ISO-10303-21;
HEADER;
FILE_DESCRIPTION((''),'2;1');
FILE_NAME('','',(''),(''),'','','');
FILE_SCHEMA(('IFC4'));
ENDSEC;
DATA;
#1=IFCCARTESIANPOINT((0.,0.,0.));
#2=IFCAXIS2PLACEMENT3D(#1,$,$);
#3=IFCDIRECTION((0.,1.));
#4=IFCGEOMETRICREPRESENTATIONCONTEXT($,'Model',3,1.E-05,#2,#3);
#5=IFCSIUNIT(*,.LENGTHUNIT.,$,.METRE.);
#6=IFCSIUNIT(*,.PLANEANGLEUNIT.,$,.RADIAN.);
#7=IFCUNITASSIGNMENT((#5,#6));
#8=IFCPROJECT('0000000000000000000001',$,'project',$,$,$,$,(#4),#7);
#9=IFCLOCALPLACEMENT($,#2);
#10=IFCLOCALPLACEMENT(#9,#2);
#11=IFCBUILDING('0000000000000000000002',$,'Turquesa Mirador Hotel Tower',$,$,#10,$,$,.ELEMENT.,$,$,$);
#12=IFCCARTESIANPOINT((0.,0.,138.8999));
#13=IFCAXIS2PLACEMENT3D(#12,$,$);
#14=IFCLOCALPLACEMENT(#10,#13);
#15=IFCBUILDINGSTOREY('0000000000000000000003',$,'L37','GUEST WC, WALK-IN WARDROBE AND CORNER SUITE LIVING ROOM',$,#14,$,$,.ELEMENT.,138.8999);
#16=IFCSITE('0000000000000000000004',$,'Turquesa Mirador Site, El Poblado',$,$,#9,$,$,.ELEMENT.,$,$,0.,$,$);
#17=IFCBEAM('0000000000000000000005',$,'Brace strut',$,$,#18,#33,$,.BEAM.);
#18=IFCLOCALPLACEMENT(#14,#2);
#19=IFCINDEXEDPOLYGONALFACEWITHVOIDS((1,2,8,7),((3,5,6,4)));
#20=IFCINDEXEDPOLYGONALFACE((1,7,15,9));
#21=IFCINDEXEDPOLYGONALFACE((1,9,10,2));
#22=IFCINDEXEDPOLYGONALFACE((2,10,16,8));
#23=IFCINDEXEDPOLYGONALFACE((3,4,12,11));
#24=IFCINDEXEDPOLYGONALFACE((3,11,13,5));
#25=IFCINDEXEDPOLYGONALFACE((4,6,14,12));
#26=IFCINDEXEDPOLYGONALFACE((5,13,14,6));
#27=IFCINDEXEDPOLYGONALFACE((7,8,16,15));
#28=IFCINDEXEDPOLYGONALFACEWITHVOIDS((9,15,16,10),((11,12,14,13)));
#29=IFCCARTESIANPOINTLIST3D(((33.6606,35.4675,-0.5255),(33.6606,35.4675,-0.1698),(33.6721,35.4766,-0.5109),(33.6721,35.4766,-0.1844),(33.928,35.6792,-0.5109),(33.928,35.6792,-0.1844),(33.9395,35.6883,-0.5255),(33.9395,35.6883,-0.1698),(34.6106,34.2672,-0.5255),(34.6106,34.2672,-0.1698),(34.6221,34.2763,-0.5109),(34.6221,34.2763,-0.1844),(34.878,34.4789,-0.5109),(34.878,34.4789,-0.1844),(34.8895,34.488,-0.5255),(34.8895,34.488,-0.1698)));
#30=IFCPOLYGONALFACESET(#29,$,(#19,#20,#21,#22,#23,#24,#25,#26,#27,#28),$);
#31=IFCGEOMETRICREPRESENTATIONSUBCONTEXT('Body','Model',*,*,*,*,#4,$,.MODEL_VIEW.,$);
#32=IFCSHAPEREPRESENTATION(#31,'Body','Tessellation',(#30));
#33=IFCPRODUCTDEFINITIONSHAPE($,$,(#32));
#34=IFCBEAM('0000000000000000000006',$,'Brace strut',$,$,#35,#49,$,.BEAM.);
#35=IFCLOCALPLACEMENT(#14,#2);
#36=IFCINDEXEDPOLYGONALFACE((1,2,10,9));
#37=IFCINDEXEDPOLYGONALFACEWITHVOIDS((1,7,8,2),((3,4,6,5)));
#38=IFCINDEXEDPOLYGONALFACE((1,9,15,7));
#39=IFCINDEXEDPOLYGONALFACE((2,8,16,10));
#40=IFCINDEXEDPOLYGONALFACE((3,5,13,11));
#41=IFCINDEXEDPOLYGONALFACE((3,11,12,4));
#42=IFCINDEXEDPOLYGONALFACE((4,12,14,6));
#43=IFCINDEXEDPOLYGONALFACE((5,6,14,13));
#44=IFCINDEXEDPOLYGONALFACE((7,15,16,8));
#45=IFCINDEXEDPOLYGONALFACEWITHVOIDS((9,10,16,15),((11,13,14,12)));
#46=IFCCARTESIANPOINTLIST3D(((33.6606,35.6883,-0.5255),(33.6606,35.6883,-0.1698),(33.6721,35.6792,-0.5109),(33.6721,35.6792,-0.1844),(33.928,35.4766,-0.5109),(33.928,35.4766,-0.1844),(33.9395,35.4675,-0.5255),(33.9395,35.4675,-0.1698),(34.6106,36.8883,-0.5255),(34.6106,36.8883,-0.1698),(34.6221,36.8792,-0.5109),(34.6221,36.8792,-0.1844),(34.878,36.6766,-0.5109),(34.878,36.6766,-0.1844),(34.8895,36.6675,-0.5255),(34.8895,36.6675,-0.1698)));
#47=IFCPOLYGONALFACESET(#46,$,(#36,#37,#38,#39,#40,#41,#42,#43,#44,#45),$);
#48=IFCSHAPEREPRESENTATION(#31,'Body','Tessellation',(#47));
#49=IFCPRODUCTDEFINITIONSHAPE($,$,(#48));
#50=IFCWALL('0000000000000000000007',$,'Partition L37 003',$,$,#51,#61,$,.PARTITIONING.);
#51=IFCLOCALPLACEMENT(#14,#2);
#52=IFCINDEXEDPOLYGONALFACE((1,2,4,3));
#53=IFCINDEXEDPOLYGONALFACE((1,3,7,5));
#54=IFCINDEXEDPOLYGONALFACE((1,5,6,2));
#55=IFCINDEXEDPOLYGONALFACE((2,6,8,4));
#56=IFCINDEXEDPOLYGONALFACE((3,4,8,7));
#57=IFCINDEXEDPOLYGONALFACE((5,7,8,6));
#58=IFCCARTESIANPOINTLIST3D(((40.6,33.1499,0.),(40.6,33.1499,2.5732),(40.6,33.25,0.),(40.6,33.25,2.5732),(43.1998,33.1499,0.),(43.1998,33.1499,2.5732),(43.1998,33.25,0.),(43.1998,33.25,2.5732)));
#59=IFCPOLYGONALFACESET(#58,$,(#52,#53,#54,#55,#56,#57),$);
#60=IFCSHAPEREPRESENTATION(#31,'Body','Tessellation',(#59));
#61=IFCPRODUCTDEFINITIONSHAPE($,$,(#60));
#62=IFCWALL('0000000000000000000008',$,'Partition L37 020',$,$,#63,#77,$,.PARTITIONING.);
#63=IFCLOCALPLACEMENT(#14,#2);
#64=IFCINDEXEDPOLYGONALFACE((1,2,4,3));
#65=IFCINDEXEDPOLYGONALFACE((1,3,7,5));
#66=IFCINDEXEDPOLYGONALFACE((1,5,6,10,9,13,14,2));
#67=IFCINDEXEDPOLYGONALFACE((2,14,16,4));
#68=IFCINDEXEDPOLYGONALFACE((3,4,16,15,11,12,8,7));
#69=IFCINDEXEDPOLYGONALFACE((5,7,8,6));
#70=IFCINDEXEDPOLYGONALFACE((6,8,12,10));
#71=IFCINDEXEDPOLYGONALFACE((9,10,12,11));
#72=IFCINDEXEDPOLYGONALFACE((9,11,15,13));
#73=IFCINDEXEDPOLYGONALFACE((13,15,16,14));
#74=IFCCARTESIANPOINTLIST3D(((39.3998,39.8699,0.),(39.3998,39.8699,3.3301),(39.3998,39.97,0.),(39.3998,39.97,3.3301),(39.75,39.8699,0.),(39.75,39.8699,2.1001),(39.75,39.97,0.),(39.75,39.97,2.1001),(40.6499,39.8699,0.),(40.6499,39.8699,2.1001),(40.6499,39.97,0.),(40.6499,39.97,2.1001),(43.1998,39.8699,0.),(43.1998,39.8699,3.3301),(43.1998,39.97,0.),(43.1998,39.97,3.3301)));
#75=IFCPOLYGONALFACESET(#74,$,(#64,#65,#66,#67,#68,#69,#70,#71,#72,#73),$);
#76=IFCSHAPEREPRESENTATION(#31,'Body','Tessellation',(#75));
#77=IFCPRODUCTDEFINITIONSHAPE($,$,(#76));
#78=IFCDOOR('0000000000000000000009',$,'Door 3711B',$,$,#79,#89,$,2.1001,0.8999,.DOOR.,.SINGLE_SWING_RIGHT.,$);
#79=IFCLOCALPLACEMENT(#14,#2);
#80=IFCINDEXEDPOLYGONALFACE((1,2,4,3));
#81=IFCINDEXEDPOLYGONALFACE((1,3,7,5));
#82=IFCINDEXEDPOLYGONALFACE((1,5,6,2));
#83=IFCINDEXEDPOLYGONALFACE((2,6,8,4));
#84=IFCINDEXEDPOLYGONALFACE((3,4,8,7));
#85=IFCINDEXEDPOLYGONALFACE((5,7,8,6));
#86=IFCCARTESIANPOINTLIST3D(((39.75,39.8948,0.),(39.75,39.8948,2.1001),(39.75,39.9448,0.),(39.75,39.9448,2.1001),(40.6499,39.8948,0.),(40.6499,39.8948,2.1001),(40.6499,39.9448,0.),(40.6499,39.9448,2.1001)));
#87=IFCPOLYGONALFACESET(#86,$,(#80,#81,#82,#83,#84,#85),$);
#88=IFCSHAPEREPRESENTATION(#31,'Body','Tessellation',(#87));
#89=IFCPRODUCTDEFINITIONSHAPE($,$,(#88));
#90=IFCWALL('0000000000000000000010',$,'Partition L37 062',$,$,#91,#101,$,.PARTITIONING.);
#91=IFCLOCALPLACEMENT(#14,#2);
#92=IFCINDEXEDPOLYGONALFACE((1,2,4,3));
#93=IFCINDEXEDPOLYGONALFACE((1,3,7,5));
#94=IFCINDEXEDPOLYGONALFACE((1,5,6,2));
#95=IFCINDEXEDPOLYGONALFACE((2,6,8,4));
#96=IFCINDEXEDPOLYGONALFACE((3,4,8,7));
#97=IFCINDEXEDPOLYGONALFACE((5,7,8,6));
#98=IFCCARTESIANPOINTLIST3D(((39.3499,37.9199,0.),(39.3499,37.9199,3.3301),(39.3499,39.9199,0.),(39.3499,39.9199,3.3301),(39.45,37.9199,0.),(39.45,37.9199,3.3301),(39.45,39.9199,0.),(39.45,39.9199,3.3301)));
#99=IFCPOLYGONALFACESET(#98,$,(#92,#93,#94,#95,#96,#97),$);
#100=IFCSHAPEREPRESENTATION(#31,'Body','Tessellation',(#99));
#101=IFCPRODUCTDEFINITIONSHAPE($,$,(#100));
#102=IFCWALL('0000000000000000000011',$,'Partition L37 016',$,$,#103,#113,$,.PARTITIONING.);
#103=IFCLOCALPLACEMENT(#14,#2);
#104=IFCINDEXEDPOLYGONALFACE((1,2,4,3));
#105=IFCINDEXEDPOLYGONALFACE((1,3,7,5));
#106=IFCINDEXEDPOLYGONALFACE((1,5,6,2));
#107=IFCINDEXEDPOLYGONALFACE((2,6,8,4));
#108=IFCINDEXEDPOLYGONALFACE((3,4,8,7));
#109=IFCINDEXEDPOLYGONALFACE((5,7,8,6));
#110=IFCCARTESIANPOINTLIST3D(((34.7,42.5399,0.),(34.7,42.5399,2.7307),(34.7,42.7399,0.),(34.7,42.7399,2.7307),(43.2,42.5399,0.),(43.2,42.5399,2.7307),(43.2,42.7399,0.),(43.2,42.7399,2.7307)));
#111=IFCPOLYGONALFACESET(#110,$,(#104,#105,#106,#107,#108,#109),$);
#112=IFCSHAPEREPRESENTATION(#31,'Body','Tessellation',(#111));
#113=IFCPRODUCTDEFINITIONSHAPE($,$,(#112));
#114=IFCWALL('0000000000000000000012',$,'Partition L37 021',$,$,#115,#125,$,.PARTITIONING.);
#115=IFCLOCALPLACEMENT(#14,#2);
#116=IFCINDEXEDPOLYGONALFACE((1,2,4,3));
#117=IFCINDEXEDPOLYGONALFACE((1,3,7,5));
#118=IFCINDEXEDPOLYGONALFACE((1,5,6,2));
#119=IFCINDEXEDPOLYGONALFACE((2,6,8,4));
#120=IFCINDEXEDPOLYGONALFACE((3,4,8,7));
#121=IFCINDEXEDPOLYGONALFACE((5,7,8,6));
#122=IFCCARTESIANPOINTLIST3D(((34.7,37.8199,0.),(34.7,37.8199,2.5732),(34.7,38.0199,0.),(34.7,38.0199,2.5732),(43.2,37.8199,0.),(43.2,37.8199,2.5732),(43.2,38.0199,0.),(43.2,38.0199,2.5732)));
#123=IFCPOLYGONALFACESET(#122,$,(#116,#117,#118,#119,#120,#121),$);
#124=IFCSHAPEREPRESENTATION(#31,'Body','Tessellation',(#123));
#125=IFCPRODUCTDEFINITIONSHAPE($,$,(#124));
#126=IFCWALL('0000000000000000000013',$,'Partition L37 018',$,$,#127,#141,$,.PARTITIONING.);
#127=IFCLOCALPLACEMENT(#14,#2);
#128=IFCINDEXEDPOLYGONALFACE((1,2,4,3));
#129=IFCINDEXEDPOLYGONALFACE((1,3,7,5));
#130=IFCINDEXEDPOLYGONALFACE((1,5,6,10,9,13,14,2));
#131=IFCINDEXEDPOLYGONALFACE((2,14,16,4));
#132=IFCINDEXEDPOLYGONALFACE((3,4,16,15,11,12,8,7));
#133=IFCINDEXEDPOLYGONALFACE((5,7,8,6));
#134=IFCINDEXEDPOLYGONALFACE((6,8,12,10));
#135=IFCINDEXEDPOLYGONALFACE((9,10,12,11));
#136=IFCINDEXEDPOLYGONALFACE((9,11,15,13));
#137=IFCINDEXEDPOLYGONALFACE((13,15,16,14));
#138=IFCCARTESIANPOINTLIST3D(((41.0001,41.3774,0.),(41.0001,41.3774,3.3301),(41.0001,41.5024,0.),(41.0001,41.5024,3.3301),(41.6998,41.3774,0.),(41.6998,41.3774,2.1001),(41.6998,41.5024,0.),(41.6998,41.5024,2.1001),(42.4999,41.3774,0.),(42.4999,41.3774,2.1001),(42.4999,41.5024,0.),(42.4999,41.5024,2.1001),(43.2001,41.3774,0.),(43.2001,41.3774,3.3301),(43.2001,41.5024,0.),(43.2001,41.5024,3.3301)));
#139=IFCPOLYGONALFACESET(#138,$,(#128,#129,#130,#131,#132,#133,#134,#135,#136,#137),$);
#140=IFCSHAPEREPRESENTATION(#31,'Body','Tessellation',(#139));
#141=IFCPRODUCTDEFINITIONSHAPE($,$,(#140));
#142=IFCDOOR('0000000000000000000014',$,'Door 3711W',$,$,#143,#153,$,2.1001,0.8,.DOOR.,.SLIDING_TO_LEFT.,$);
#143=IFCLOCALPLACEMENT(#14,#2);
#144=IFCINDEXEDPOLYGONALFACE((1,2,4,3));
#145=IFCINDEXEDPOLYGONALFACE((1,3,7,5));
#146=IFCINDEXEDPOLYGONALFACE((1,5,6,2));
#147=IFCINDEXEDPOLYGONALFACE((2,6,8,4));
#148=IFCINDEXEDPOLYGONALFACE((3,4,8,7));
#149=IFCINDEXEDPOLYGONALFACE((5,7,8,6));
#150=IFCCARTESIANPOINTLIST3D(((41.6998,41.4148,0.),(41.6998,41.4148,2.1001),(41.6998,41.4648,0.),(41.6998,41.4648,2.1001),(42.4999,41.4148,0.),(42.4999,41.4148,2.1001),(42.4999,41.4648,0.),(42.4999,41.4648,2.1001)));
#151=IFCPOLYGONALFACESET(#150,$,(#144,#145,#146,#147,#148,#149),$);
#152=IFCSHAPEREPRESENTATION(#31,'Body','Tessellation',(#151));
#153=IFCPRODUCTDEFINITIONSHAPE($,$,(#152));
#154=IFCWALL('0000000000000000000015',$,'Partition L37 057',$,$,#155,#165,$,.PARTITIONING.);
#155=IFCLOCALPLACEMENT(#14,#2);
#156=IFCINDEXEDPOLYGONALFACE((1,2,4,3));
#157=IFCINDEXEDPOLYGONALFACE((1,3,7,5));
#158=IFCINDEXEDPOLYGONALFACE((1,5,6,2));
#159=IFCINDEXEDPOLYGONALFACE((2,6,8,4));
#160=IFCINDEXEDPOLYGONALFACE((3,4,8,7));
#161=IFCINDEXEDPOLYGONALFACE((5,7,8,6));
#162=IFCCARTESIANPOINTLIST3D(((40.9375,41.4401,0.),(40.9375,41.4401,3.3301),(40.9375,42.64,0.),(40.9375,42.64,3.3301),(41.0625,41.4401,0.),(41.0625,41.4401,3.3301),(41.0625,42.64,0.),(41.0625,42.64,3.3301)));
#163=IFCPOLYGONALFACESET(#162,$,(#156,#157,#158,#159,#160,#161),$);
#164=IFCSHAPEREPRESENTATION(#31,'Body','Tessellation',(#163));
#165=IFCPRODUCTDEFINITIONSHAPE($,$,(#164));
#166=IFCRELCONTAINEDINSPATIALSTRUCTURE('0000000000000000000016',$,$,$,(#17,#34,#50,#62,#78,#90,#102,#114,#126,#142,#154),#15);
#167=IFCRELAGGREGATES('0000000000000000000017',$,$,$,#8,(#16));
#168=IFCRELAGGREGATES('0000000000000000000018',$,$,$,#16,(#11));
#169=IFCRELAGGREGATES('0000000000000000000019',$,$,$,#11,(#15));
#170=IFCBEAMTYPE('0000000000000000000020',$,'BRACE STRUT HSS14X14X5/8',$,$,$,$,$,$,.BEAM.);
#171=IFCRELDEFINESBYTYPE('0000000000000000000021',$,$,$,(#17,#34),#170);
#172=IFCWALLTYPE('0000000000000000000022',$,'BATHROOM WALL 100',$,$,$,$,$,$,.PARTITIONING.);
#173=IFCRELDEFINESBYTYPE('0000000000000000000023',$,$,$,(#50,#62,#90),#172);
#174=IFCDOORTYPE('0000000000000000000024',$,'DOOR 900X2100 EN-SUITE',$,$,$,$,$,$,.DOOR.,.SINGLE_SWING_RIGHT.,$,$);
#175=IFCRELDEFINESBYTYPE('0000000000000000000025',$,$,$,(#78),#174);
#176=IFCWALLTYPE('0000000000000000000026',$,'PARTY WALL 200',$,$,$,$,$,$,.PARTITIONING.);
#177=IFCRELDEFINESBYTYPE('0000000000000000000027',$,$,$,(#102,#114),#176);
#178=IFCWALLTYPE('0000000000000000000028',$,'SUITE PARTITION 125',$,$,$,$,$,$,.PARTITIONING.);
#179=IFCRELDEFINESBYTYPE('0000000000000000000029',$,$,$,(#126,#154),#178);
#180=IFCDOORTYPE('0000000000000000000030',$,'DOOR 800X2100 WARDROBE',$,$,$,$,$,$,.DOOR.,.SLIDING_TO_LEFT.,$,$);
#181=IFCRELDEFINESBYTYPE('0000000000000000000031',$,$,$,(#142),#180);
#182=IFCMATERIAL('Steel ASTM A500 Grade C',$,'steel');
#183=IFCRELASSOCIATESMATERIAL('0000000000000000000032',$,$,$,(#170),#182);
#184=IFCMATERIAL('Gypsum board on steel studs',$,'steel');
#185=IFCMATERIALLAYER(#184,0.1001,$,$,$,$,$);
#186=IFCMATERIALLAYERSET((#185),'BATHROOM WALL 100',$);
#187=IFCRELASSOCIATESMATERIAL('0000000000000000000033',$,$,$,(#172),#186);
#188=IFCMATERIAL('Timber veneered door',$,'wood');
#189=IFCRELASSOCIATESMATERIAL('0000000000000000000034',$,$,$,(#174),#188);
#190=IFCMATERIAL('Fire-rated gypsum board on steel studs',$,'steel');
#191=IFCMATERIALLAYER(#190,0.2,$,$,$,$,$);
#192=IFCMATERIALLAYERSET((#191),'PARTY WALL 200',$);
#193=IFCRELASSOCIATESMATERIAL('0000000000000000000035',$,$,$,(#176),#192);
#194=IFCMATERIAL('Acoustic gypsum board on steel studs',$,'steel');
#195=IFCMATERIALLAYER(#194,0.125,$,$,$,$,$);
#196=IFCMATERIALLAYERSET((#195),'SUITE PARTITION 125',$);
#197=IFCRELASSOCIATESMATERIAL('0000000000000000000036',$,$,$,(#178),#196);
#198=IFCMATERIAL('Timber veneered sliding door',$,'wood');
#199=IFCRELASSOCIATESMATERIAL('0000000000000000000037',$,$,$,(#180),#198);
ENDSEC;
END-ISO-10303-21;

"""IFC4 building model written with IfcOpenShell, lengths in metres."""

from ifc_helpers import new_model, si_unit, direction, frame, frame_2d, origin, origin_2d, place, context, subcontext, project, spatial, rectangle, hollow_rectangle, extrude, material, layer, layer_set, material_profile, profile_set, type_object, element, fill, save


model = new_model("IFC4")

# Units and contexts
model_context = context("Model", 3, precision=1e-05, world=origin(), true_north=direction((0.0, 1.0)))
body_context = subcontext(model_context, "Body", "Model", "MODEL_VIEW")
ifc_project = project(units=[si_unit("LENGTHUNIT", "METRE"), si_unit("PLANEANGLEUNIT", "RADIAN")], contexts=[model_context])

# Site, building, storey
site_placement = place(None, origin())
site = spatial("IfcSite", under=ifc_project, at=site_placement, Name="Turquesa Mirador Site, El Poblado", CompositionType="ELEMENT", RefElevation=0.0)
building_placement = place(site_placement, origin())
building = spatial("IfcBuilding", under=site, at=building_placement, Name="Turquesa Mirador Hotel Tower", CompositionType="ELEMENT")
storey_placement = place(building_placement, frame((0.0, 0.0, 138.8999)))
storey = spatial("IfcBuildingStorey", under=building, at=storey_placement, Name="L37", Description="GUEST WC, WALK-IN WARDROBE AND CORNER SUITE LIVING ROOM", CompositionType="ELEMENT", Elevation=138.8999)

# Beams
ifc_material_1 = material(Name="Steel ASTM A500 Grade C", Category="steel")
ifc_material_profile_1 = material_profile(ifc_material_1, hollow_rectangle(XDim=0.3557, YDim=0.3557, WallThickness=0.0146, at=origin_2d()), Name="HSS14X14X5/8")
ifc_profile_set_1 = profile_set([ifc_material_profile_1], Name="Steel ASTM A500 Grade C")
beam_type_1 = type_object("IfcBeamType", Name="BRACE STRUT HSS14X14X5/8", PredefinedType="BEAM", material=ifc_profile_set_1)
beam_1_placement = place(storey_placement, frame((33.8, 35.5779, -0.3477), z_axis=(0.620621, -0.784111, 0.0), x_axis=(0.784111, 0.620621, 0.0)))
element("IfcBeam", 1, at=beam_1_placement, inside=storey, type_object=beam_type_1, Name="Brace strut", PredefinedType="BEAM", context=body_context, shape_type="SweptSolid", body=[
    extrude(hollow_rectangle(XDim=0.3557, YDim=0.3557, WallThickness=0.0146, at=origin_2d()), origin(), (0.0, 0.0, 1.0), 1.5308),
])
beam_2_placement = place(storey_placement, frame((33.8, 35.5779, -0.3477), z_axis=(0.620699, 0.784049, 0.0), x_axis=(-0.784049, 0.620699, 0.0)))
element("IfcBeam", 2, at=beam_2_placement, inside=storey, type_object=beam_type_1, Name="Brace strut", PredefinedType="BEAM", context=body_context, shape_type="SweptSolid", body=[
    extrude(hollow_rectangle(XDim=0.3557, YDim=0.3557, WallThickness=0.0146, at=origin_2d()), origin(), (0.0, 0.0, 1.0), 1.5305),
])

# Wall
ifc_material_2 = material(Name="Gypsum board on steel studs", Category="steel")
ifc_layer_1 = layer(ifc_material_2, 0.1001)
ifc_layer_set_1 = layer_set([ifc_layer_1], Name="BATHROOM WALL 100")
wall_type_1 = type_object("IfcWallType", Name="BATHROOM WALL 100", PredefinedType="PARTITIONING", material=ifc_layer_set_1)
wall_1_placement = place(storey_placement, frame((40.6001, 33.2, 0.0), z_axis=(0.0, 0.0, 1.0), x_axis=(1.0, 0.0, 0.0)))
element("IfcWall", 3, at=wall_1_placement, inside=storey, type_object=wall_type_1, Name="Partition L37 003", PredefinedType="PARTITIONING", context=body_context, shape_type="SweptSolid", body=[
    extrude(rectangle(XDim=2.5999, YDim=0.1001, at=frame_2d((1.2998, 0.0))), origin(), (0.0, 0.0, 1.0), 2.5732),
])

# Wall, opening, door
wall_2_placement = place(storey_placement, frame((39.3999, 39.9199, 0.0), z_axis=(0.0, 0.0, 1.0), x_axis=(1.0, 0.0, 0.0)))
wall_2 = element("IfcWall", 4, at=wall_2_placement, inside=storey, type_object=wall_type_1, Name="Partition L37 020", PredefinedType="PARTITIONING", context=body_context, shape_type="SweptSolid", body=[
    extrude(rectangle(XDim=3.8, YDim=0.1001, at=frame_2d((1.8999, 0.0))), origin(), (0.0, 0.0, 1.0), 3.3301),
])
opening_1_placement = place(wall_2_placement, frame((0.3501, 0.0, 0.0)))
opening_1 = element("IfcOpeningElement", 5, at=opening_1_placement, cuts=wall_2, PredefinedType="OPENING", context=body_context, shape_type="SweptSolid", body=[
    extrude(rectangle(XDim=0.8999, YDim=2.1001, at=frame_2d((0.45, 1.05))), frame((0.0, 0.0601, 0.0), z_axis=(0.0, -1.0, 0.0), x_axis=(1.0, 0.0, 0.0)), (0.0, 0.0, 1.0), 0.1201),
])
ifc_material_3 = material(Name="Timber veneered door", Category="wood")
door_type_1 = type_object("IfcDoorType", Name="DOOR 900X2100 EN-SUITE", OperationType="SINGLE_SWING_RIGHT", PredefinedType="DOOR", material=ifc_material_3)
door_1_placement = place(opening_1_placement, origin())
door_1 = element("IfcDoor", 6, at=door_1_placement, inside=storey, type_object=door_type_1, Name="Door 3711B", OperationType="SINGLE_SWING_RIGHT", OverallHeight=2.1001, OverallWidth=0.8999, PredefinedType="DOOR", context=body_context, shape_type="SweptSolid", body=[
    extrude(rectangle(XDim=0.8999, YDim=2.1001, at=frame_2d((0.45, 1.05))), frame((0.0, 0.0249, 0.0), z_axis=(0.0, -1.0, 0.0), x_axis=(1.0, 0.0, 0.0)), (0.0, 0.0, 1.0), 0.05),
])
fill(opening_1, door_1)

# Walls
wall_3_placement = place(storey_placement, frame((39.3999, 37.9199, 0.0), z_axis=(0.0, 0.0, 1.0), x_axis=(0.0, 1.0, 0.0)))
element("IfcWall", 7, at=wall_3_placement, inside=storey, type_object=wall_type_1, Name="Partition L37 062", PredefinedType="PARTITIONING", context=body_context, shape_type="SweptSolid", body=[
    extrude(rectangle(XDim=2.0, YDim=0.1001, at=frame_2d((1.0, 0.0))), origin(), (0.0, 0.0, 1.0), 3.3301),
])
ifc_material_4 = material(Name="Fire-rated gypsum board on steel studs", Category="steel")
ifc_layer_2 = layer(ifc_material_4, 0.2)
ifc_layer_set_2 = layer_set([ifc_layer_2], Name="PARTY WALL 200")
wall_type_2 = type_object("IfcWallType", Name="PARTY WALL 200", PredefinedType="PARTITIONING", material=ifc_layer_set_2)
wall_4_placement = place(storey_placement, frame((34.7, 42.6399, 0.0), z_axis=(0.0, 0.0, 1.0), x_axis=(1.0, 0.0, 0.0)))
element("IfcWall", 8, at=wall_4_placement, inside=storey, type_object=wall_type_2, Name="Partition L37 016", PredefinedType="PARTITIONING", context=body_context, shape_type="SweptSolid", body=[
    extrude(rectangle(XDim=8.5, YDim=0.2, at=frame_2d((4.25, 0.0))), origin(), (0.0, 0.0, 1.0), 2.7307),
])
wall_5_placement = place(storey_placement, frame((34.7, 37.9199, 0.0), z_axis=(0.0, 0.0, 1.0), x_axis=(1.0, 0.0, 0.0)))
element("IfcWall", 9, at=wall_5_placement, inside=storey, type_object=wall_type_2, Name="Partition L37 021", PredefinedType="PARTITIONING", context=body_context, shape_type="SweptSolid", body=[
    extrude(rectangle(XDim=8.5, YDim=0.2, at=frame_2d((4.25, 0.0))), origin(), (0.0, 0.0, 1.0), 2.5732),
])

# Wall, opening, door
ifc_material_5 = material(Name="Acoustic gypsum board on steel studs", Category="steel")
ifc_layer_3 = layer(ifc_material_5, 0.125)
ifc_layer_set_3 = layer_set([ifc_layer_3], Name="SUITE PARTITION 125")
wall_type_3 = type_object("IfcWallType", Name="SUITE PARTITION 125", PredefinedType="PARTITIONING", material=ifc_layer_set_3)
wall_6_placement = place(storey_placement, frame((41.0, 41.4399, 0.0), z_axis=(0.0, 0.0, 1.0), x_axis=(1.0, 0.0, 0.0)))
wall_6 = element("IfcWall", 10, at=wall_6_placement, inside=storey, type_object=wall_type_3, Name="Partition L37 018", PredefinedType="PARTITIONING", context=body_context, shape_type="SweptSolid", body=[
    extrude(rectangle(XDim=2.2, YDim=0.125, at=frame_2d((1.1001, 0.0))), origin(), (0.0, 0.0, 1.0), 3.3301),
])
opening_2_placement = place(wall_6_placement, frame((0.7, 0.0, 0.0)))
opening_2 = element("IfcOpeningElement", 11, at=opening_2_placement, cuts=wall_6, PredefinedType="OPENING", context=body_context, shape_type="SweptSolid", body=[
    extrude(rectangle(XDim=0.8, YDim=2.1001, at=frame_2d((0.3999, 1.05))), frame((0.0, 0.0725, 0.0), z_axis=(0.0, -1.0, 0.0), x_axis=(1.0, 0.0, 0.0)), (0.0, 0.0, 1.0), 0.145),
])
ifc_material_6 = material(Name="Timber veneered sliding door", Category="wood")
door_type_2 = type_object("IfcDoorType", Name="DOOR 800X2100 WARDROBE", OperationType="SLIDING_TO_LEFT", PredefinedType="DOOR", material=ifc_material_6)
door_2_placement = place(opening_2_placement, origin())
door_2 = element("IfcDoor", 12, at=door_2_placement, inside=storey, type_object=door_type_2, Name="Door 3711W", OperationType="SLIDING_TO_LEFT", OverallHeight=2.1001, OverallWidth=0.8, PredefinedType="DOOR", context=body_context, shape_type="SweptSolid", body=[
    extrude(rectangle(XDim=0.8, YDim=2.1001, at=frame_2d((0.3999, 1.05))), frame((0.0, 0.0249, 0.0), z_axis=(0.0, -1.0, 0.0), x_axis=(1.0, 0.0, 0.0)), (0.0, 0.0, 1.0), 0.05),
])
fill(opening_2, door_2)

# Wall
wall_7_placement = place(storey_placement, frame((41.0, 41.4399, 0.0), z_axis=(0.0, 0.0, 1.0), x_axis=(0.0, 1.0, 0.0)))
element("IfcWall", 13, at=wall_7_placement, inside=storey, type_object=wall_type_3, Name="Partition L37 057", PredefinedType="PARTITIONING", context=body_context, shape_type="SweptSolid", body=[
    extrude(rectangle(XDim=1.2, YDim=0.125, at=frame_2d((0.6001, 0.0))), origin(), (0.0, 0.0, 1.0), 3.3301),
])

save(model, "model.ifc")
